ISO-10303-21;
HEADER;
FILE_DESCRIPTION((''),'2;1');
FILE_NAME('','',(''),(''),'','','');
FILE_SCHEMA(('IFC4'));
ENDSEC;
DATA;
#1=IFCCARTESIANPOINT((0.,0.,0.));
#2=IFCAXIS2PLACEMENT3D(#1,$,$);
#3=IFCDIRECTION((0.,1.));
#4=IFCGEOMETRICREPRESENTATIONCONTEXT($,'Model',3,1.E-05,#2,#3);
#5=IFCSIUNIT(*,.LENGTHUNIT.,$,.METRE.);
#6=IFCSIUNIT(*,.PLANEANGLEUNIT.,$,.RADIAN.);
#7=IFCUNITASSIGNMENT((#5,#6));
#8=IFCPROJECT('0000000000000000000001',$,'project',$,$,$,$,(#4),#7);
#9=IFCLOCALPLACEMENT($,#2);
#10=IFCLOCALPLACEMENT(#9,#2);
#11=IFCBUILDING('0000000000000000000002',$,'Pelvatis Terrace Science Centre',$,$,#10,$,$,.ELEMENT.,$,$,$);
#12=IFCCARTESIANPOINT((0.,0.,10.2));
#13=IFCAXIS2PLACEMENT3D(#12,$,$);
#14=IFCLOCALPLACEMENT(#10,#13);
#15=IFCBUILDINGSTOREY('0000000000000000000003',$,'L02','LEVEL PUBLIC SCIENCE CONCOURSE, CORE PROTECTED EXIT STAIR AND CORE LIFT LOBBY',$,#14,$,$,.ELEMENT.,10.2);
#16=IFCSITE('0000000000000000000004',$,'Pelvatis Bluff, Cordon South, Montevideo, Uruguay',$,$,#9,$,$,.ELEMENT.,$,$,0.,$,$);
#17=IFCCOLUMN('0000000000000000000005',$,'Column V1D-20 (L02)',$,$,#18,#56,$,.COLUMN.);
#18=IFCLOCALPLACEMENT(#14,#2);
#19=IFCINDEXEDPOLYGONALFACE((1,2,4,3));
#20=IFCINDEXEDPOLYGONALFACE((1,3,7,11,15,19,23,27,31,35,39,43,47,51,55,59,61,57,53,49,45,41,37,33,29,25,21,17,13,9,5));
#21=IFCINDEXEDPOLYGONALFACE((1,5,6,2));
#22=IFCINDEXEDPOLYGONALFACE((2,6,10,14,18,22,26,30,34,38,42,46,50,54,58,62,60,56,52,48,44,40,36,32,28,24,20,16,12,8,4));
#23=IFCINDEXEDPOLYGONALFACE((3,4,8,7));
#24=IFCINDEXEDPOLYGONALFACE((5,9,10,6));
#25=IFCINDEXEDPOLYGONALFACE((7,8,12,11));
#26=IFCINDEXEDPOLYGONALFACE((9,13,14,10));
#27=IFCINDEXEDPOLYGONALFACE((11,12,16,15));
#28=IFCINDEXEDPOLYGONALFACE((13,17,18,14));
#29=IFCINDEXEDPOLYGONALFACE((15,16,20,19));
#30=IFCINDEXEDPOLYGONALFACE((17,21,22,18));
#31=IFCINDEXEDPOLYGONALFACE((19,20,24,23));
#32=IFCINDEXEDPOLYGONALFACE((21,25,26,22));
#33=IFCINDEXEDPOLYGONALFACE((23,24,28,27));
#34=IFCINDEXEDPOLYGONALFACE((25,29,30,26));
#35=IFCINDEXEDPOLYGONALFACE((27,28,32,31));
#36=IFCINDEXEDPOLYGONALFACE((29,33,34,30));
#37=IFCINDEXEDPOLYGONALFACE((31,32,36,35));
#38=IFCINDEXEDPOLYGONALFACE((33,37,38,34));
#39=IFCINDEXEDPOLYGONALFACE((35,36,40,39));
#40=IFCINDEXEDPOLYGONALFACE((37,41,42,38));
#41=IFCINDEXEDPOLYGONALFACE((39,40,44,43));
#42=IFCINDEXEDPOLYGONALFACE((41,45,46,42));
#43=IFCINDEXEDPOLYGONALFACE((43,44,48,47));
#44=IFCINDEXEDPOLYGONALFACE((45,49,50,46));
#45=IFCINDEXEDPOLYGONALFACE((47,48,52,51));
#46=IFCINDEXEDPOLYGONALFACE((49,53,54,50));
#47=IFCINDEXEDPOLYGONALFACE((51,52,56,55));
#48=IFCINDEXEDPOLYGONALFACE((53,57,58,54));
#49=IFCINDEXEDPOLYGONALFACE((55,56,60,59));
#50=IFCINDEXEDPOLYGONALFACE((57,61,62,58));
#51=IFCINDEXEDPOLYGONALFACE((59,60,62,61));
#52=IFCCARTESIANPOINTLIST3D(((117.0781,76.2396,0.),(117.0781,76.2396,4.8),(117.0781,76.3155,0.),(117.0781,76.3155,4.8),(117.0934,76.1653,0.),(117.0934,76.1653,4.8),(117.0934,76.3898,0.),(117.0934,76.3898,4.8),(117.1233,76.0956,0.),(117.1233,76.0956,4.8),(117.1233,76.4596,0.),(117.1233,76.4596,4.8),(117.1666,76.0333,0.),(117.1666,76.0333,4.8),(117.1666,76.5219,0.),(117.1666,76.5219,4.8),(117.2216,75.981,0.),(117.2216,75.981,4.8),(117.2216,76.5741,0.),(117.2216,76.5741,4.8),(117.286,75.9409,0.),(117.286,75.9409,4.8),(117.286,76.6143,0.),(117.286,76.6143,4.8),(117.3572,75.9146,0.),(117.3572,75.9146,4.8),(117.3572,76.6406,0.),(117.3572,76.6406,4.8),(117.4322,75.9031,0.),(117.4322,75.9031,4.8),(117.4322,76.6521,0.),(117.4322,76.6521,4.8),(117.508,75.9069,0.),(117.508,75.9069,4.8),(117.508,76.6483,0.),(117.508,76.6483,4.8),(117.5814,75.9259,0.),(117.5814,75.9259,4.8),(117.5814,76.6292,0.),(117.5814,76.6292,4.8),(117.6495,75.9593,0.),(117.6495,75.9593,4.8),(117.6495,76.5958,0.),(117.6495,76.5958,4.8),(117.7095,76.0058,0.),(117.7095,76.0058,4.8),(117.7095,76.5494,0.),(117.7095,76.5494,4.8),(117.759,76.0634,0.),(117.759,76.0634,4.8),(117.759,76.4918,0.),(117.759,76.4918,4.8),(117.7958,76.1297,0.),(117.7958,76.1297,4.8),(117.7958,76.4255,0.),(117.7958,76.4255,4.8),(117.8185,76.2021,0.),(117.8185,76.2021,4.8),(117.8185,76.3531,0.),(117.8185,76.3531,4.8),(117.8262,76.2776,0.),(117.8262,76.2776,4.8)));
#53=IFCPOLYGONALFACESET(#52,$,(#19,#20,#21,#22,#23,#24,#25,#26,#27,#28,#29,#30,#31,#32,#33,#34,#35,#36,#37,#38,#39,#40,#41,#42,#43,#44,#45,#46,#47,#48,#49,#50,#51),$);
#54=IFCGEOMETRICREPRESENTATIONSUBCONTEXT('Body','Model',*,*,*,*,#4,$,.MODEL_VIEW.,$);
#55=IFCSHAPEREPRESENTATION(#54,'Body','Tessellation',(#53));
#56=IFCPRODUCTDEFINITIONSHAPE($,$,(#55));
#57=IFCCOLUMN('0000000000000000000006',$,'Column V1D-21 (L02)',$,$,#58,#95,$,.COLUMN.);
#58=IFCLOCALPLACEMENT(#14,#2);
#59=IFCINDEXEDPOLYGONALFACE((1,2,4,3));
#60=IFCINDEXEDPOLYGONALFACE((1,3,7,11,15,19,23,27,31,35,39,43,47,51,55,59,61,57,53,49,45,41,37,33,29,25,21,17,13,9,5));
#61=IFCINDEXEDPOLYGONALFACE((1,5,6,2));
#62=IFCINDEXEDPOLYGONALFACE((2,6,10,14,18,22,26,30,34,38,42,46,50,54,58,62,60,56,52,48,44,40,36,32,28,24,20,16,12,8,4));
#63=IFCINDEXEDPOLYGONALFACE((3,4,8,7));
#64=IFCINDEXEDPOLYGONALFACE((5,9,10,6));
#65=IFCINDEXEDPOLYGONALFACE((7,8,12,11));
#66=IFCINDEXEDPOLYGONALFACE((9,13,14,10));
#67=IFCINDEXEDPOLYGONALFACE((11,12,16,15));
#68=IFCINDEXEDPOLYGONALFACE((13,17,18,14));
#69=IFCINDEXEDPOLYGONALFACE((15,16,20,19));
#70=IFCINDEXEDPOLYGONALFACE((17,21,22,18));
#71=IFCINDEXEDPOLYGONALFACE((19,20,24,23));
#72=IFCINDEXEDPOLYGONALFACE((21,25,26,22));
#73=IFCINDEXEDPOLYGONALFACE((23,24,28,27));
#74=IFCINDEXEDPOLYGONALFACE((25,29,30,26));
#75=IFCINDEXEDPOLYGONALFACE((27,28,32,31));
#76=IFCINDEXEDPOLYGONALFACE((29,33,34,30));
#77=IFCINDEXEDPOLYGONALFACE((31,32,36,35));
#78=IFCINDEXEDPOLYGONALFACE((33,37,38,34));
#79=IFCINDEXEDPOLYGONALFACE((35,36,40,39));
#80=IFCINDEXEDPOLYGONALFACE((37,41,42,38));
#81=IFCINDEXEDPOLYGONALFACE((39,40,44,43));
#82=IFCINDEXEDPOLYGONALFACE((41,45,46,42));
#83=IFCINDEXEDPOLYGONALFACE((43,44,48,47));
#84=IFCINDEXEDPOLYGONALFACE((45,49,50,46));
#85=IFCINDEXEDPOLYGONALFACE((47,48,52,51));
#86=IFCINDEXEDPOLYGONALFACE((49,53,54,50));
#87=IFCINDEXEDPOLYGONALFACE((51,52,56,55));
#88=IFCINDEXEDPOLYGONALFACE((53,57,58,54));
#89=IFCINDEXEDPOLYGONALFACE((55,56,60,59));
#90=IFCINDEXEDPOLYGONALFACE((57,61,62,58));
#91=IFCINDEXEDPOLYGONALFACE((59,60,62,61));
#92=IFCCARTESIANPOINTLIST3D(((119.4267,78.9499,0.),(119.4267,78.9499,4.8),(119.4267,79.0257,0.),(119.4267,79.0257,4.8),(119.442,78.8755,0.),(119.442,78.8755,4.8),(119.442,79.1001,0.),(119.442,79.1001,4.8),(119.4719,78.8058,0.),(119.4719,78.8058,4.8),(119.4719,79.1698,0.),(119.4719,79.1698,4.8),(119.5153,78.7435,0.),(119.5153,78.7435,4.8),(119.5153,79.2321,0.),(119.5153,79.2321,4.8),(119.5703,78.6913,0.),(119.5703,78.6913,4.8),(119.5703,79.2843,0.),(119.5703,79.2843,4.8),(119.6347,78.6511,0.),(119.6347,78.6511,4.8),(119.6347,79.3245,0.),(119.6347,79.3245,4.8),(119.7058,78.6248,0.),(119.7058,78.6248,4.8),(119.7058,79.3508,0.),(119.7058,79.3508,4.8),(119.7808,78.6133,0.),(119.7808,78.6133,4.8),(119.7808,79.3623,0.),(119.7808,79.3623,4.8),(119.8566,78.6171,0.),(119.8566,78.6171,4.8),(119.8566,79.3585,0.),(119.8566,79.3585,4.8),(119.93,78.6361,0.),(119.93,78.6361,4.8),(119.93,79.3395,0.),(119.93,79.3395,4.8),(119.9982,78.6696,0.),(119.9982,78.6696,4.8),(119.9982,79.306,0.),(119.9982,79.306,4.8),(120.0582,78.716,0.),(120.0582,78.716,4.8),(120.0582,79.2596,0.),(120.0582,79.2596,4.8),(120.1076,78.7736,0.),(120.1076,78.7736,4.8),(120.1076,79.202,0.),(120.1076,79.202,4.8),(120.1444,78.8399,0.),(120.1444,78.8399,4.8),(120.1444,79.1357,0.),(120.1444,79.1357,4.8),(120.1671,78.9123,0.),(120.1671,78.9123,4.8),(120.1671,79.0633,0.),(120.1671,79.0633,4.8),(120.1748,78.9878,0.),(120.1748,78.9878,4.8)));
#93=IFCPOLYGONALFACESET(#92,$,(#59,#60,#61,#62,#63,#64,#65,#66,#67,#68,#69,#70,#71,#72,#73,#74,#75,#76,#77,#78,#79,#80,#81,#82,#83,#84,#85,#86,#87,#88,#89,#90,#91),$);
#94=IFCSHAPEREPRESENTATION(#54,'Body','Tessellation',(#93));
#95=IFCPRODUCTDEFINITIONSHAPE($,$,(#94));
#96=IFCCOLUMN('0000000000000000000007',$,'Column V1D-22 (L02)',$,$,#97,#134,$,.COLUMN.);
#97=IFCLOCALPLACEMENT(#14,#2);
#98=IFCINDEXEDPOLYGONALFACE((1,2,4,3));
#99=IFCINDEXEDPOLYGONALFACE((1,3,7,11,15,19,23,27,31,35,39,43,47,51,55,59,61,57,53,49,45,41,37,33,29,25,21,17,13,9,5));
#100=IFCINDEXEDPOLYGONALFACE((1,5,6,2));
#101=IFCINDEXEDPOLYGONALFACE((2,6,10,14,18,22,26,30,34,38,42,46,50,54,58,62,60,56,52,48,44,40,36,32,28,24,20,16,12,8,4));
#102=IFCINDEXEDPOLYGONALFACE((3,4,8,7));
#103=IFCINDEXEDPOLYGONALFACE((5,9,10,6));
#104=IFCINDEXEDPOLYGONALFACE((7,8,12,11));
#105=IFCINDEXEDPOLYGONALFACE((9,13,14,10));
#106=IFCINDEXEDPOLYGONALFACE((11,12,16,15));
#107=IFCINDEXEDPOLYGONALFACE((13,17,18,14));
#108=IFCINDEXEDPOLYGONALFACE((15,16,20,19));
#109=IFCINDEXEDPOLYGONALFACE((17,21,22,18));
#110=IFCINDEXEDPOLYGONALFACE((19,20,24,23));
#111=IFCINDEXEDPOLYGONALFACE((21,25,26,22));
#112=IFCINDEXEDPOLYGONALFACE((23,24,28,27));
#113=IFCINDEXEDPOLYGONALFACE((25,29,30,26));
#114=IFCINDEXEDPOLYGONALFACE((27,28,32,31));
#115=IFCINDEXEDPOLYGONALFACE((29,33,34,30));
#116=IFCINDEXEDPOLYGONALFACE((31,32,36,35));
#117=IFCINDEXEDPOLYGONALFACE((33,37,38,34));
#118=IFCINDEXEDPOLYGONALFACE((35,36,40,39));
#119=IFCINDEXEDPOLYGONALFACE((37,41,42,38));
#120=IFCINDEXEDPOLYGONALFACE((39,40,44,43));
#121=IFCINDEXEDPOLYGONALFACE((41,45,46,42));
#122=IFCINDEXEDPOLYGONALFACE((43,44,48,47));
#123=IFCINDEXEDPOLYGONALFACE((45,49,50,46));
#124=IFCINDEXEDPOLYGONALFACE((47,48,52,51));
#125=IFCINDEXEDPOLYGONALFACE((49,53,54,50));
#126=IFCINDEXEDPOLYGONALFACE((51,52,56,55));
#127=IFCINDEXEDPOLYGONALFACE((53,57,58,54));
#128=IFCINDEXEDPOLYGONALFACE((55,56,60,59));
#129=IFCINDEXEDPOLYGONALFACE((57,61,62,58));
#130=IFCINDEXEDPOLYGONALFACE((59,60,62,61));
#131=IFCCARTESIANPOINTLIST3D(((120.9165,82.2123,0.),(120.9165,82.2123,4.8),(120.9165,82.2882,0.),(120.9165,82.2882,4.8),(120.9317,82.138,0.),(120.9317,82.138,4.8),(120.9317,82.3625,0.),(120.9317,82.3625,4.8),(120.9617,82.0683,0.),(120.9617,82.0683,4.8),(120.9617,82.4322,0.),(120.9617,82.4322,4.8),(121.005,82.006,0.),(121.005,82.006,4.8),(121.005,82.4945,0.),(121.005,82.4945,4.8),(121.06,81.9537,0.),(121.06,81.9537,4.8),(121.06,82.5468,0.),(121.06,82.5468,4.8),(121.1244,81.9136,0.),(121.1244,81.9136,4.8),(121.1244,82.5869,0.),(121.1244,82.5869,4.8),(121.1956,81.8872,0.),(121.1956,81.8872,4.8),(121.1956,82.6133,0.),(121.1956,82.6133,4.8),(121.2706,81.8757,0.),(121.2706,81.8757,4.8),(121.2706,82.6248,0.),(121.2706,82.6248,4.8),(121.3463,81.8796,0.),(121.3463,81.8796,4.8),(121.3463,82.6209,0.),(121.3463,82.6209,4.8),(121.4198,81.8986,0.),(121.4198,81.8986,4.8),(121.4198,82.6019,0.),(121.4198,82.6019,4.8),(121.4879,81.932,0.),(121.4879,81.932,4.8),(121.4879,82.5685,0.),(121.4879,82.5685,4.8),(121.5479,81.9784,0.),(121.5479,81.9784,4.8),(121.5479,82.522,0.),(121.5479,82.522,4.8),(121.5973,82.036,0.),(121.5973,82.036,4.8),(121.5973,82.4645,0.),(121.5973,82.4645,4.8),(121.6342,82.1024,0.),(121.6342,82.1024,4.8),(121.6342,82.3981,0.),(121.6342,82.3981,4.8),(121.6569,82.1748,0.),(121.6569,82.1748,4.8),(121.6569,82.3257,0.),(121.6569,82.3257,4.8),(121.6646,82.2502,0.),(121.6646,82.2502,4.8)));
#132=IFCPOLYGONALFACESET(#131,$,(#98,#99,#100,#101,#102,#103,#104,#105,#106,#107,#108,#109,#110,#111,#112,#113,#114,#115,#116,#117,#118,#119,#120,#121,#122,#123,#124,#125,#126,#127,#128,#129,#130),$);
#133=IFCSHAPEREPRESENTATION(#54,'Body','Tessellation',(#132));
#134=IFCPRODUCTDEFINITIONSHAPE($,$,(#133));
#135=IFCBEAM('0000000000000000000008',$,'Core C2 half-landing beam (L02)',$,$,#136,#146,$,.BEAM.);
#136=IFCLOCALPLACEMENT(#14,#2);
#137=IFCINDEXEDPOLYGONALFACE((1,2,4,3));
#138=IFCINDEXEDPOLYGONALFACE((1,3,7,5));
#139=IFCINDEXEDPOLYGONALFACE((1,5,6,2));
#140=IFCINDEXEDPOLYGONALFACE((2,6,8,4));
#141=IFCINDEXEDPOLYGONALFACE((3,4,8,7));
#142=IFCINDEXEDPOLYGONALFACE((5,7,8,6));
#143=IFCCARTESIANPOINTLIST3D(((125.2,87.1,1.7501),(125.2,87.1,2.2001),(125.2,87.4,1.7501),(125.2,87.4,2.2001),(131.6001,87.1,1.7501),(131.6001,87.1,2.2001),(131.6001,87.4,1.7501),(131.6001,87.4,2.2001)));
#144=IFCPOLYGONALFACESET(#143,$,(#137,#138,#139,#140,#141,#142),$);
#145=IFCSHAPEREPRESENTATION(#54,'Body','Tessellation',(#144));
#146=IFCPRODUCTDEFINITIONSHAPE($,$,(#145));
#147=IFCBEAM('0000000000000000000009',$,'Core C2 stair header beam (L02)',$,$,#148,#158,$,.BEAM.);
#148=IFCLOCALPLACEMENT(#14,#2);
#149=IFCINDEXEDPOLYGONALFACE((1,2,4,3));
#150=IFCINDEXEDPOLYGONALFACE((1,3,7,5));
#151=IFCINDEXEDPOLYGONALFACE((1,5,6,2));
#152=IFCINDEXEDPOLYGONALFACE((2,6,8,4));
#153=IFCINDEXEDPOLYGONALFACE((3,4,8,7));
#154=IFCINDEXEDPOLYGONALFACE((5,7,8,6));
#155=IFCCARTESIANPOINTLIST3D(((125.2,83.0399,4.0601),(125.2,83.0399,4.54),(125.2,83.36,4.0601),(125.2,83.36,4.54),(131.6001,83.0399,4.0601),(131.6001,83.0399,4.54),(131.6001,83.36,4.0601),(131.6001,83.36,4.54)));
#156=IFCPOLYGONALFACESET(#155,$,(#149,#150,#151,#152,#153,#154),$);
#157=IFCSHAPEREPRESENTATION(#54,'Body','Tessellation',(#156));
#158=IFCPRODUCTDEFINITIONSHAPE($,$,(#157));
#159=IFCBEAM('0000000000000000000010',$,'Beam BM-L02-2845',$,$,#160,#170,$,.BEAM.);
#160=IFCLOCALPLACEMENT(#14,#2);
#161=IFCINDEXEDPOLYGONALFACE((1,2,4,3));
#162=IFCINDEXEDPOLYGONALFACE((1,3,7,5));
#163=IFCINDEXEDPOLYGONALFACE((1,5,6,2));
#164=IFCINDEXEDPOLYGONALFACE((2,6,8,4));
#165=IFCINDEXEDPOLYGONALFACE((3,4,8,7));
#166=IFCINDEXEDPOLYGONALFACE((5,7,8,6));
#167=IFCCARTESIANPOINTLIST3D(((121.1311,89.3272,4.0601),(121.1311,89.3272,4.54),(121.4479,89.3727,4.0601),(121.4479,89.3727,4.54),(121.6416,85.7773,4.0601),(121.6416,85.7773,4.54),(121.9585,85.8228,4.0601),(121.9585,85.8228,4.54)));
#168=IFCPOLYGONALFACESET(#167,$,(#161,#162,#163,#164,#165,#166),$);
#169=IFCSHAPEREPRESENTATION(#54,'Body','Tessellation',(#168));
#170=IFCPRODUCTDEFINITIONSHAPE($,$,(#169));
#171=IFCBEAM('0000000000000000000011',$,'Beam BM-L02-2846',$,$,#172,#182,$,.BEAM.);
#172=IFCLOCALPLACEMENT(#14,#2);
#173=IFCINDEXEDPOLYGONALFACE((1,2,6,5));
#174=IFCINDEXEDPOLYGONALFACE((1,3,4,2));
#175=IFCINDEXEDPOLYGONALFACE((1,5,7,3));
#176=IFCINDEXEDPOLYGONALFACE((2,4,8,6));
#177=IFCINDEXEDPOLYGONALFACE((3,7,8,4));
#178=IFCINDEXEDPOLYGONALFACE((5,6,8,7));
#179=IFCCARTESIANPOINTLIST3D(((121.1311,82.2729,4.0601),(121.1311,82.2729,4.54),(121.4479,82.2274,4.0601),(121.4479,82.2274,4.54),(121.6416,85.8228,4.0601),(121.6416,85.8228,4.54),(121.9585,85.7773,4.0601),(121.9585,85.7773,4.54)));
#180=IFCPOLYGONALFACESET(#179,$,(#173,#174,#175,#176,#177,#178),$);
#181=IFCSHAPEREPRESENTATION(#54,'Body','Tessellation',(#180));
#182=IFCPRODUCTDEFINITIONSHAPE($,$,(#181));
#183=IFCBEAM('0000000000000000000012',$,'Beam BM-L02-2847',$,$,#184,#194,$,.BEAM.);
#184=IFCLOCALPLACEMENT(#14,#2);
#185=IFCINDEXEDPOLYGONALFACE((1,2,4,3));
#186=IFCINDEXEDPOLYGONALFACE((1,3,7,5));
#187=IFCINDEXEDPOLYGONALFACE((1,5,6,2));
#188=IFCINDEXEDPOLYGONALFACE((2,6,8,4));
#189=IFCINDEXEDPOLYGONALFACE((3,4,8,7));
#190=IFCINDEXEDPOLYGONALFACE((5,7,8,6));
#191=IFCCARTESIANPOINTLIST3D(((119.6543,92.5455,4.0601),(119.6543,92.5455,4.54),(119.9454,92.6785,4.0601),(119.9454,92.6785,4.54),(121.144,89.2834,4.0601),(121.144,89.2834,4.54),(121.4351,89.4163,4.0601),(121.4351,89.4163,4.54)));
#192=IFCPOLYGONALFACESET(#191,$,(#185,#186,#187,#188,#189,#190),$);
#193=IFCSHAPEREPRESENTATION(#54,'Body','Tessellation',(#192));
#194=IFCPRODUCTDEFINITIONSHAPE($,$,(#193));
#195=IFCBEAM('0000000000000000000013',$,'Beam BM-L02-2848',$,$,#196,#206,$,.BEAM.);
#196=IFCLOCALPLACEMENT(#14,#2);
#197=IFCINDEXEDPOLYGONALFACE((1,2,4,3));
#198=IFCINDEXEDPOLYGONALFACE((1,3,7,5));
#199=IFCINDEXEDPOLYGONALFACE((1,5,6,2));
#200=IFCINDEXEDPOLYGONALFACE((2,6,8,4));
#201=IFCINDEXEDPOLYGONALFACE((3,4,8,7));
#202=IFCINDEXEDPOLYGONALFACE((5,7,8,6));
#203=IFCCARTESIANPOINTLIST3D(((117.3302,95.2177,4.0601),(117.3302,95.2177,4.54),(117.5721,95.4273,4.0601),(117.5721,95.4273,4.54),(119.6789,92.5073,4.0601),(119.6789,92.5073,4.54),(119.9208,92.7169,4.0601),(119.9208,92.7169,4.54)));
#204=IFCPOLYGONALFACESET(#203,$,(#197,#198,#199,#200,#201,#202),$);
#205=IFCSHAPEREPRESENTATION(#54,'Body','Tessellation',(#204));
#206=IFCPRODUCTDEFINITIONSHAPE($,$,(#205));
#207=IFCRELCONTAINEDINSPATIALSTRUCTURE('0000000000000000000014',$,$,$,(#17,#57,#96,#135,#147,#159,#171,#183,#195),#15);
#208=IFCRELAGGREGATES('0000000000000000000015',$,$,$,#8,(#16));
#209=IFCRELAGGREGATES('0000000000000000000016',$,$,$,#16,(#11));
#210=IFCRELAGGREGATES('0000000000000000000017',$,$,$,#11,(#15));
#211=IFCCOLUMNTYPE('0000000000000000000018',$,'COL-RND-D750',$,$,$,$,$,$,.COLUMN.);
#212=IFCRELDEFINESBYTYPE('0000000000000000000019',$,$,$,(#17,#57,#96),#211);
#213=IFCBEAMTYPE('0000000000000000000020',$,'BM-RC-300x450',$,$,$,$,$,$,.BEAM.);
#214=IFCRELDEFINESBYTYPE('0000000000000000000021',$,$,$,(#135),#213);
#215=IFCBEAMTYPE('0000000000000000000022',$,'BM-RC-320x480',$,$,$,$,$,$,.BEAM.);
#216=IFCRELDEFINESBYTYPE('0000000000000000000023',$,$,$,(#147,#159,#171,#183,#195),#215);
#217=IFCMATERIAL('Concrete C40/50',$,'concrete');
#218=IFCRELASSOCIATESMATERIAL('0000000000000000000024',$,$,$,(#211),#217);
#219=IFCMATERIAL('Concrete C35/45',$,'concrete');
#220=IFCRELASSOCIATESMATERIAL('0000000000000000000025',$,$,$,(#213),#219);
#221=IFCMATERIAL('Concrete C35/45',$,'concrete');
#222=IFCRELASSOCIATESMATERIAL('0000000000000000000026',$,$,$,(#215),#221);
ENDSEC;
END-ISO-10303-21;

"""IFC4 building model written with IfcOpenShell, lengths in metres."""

from ifc_helpers import new_model, si_unit, direction, frame, origin, origin_2d, place, context, subcontext, project, spatial, rectangle, circle, extrude, material, material_profile, profile_set, type_object, element, save


model = new_model("IFC4")

# Units and contexts
model_context = context("Model", 3, precision=1e-05, world=origin(), true_north=direction((0.0, 1.0)))
body_context = subcontext(model_context, "Body", "Model", "MODEL_VIEW")
ifc_project = project(units=[si_unit("LENGTHUNIT", "METRE"), si_unit("PLANEANGLEUNIT", "RADIAN")], contexts=[model_context])

# Site, building, storey
site_placement = place(None, origin())
site = spatial("IfcSite", under=ifc_project, at=site_placement, Name="Pelvatis Bluff, Cordon South, Montevideo, Uruguay", CompositionType="ELEMENT", RefElevation=0.0)
building_placement = place(site_placement, origin())
building = spatial("IfcBuilding", under=site, at=building_placement, Name="Pelvatis Terrace Science Centre", CompositionType="ELEMENT")
storey_placement = place(building_placement, frame((0.0, 0.0, 10.2)))
storey = spatial("IfcBuildingStorey", under=building, at=storey_placement, Name="L02", Description="LEVEL PUBLIC SCIENCE CONCOURSE, CORE PROTECTED EXIT STAIR AND CORE LIFT LOBBY", CompositionType="ELEMENT", Elevation=10.2)

# Columns
ifc_material_1 = material(Name="Concrete C40/50", Category="concrete")
ifc_material_profile_1 = material_profile(ifc_material_1, circle(Radius=0.375, at=origin_2d()), Name="RC-RCOL D750")
ifc_profile_set_1 = profile_set([ifc_material_profile_1], Name="Concrete C40/50")
column_type_1 = type_object("IfcColumnType", Name="COL-RND-D750", PredefinedType="COLUMN", material=ifc_profile_set_1)
for number, where, z_axis, x_axis, name in (
    (1, (117.4512, 76.2776, 0.0), (0.0, 0.0, 1.0), (1.0, 0.0, 0.0), "Column V1D-20 (L02)"),
    (2, (119.7998, 78.9878, 0.0), (0.0, 0.0, 1.0), (1.0, 0.0, 0.0), "Column V1D-21 (L02)"),
    (3, (121.2896, 82.2502, 0.0), (0.0, 0.0, 1.0), (1.0, 0.0, 0.0), "Column V1D-22 (L02)"),
):
    element("IfcColumn", number, at=place(storey_placement, frame(where, z_axis=z_axis, x_axis=x_axis)), inside=storey, type_object=column_type_1, Name=name, PredefinedType="COLUMN", context=body_context, shape_type="SweptSolid", body=[
        extrude(circle(Radius=0.375, at=origin_2d()), origin(), (0.0, 0.0, 1.0), 4.8),
    ])

# Beams
ifc_material_2 = material(Name="Concrete C35/45", Category="concrete")
ifc_material_profile_2 = material_profile(ifc_material_2, rectangle(XDim=0.3, YDim=0.45, at=origin_2d()), Name="RC-BM 300x450")
ifc_profile_set_2 = profile_set([ifc_material_profile_2], Name="Concrete C35/45")
beam_type_1 = type_object("IfcBeamType", Name="BM-RC-300x450", PredefinedType="BEAM", material=ifc_profile_set_2)
beam_1_placement = place(storey_placement, frame((125.2, 87.25, 1.9751), z_axis=(1.0, 0.0, 0.0), x_axis=(0.0, 1.0, 0.0)))
element("IfcBeam", 4, at=beam_1_placement, inside=storey, type_object=beam_type_1, Name="Core C2 half-landing beam (L02)", PredefinedType="BEAM", context=body_context, shape_type="SweptSolid", body=[
    extrude(rectangle(XDim=0.3, YDim=0.45, at=origin_2d()), origin(), (0.0, 0.0, 1.0), 6.4001),
])
ifc_material_3 = material(Name="Concrete C35/45", Category="concrete")
ifc_material_profile_3 = material_profile(ifc_material_3, rectangle(XDim=0.3201, YDim=0.48, at=origin_2d()), Name="RC-BM 320x480")
ifc_profile_set_3 = profile_set([ifc_material_profile_3], Name="Concrete C35/45")
beam_type_2 = type_object("IfcBeamType", Name="BM-RC-320x480", PredefinedType="BEAM", material=ifc_profile_set_3)
beam_2_placement = place(storey_placement, frame((125.2, 83.2, 4.3), z_axis=(1.0, 0.0, 0.0), x_axis=(0.0, 1.0, 0.0)))
element("IfcBeam", 5, at=beam_2_placement, inside=storey, type_object=beam_type_2, Name="Core C2 stair header beam (L02)", PredefinedType="BEAM", context=body_context, shape_type="SweptSolid", body=[
    extrude(rectangle(XDim=0.3201, YDim=0.48, at=origin_2d()), origin(), (0.0, 0.0, 1.0), 6.4001),
])
for number, where, z_axis, x_axis, name in (
    (6, (121.8, 85.8, 4.3), (-0.142346, 0.989817, 0.0), (-0.989817, -0.142346, 0.0), "Beam BM-L02-2845"),
    (7, (121.8, 85.8, 4.3), (-0.142346, -0.989817, 0.0), (0.989817, -0.142346, 0.0), "Beam BM-L02-2846"),
):
    element("IfcBeam", number, at=place(storey_placement, frame(where, z_axis=z_axis, x_axis=x_axis)), inside=storey, type_object=beam_type_2, Name=name, PredefinedType="BEAM", context=body_context, shape_type="SweptSolid", body=[
        extrude(rectangle(XDim=0.3201, YDim=0.48, at=origin_2d()), origin(), (0.0, 0.0, 1.0), 3.5864),
    ])
beam_3_placement = place(storey_placement, frame((121.2896, 89.3499, 4.3), z_axis=(-0.415403, 0.909638, 0.0), x_axis=(-0.909638, -0.415403, 0.0)))
element("IfcBeam", 8, at=beam_3_placement, inside=storey, type_object=beam_type_2, Name="Beam BM-L02-2847", PredefinedType="BEAM", context=body_context, shape_type="SweptSolid", body=[
    extrude(rectangle(XDim=0.3201, YDim=0.48, at=origin_2d()), origin(), (0.0, 0.0, 1.0), 3.5862),
])
beam_4_placement = place(storey_placement, frame((119.7998, 92.6121, 4.3), z_axis=(-0.654863, 0.755747, 0.0), x_axis=(-0.755747, -0.654863, 0.0)))
element("IfcBeam", 9, at=beam_4_placement, inside=storey, type_object=beam_type_2, Name="Beam BM-L02-2848", PredefinedType="BEAM", context=body_context, shape_type="SweptSolid", body=[
    extrude(rectangle(XDim=0.3201, YDim=0.48, at=origin_2d()), origin(), (0.0, 0.0, 1.0), 3.5864),
])

save(model, "model.ifc")
